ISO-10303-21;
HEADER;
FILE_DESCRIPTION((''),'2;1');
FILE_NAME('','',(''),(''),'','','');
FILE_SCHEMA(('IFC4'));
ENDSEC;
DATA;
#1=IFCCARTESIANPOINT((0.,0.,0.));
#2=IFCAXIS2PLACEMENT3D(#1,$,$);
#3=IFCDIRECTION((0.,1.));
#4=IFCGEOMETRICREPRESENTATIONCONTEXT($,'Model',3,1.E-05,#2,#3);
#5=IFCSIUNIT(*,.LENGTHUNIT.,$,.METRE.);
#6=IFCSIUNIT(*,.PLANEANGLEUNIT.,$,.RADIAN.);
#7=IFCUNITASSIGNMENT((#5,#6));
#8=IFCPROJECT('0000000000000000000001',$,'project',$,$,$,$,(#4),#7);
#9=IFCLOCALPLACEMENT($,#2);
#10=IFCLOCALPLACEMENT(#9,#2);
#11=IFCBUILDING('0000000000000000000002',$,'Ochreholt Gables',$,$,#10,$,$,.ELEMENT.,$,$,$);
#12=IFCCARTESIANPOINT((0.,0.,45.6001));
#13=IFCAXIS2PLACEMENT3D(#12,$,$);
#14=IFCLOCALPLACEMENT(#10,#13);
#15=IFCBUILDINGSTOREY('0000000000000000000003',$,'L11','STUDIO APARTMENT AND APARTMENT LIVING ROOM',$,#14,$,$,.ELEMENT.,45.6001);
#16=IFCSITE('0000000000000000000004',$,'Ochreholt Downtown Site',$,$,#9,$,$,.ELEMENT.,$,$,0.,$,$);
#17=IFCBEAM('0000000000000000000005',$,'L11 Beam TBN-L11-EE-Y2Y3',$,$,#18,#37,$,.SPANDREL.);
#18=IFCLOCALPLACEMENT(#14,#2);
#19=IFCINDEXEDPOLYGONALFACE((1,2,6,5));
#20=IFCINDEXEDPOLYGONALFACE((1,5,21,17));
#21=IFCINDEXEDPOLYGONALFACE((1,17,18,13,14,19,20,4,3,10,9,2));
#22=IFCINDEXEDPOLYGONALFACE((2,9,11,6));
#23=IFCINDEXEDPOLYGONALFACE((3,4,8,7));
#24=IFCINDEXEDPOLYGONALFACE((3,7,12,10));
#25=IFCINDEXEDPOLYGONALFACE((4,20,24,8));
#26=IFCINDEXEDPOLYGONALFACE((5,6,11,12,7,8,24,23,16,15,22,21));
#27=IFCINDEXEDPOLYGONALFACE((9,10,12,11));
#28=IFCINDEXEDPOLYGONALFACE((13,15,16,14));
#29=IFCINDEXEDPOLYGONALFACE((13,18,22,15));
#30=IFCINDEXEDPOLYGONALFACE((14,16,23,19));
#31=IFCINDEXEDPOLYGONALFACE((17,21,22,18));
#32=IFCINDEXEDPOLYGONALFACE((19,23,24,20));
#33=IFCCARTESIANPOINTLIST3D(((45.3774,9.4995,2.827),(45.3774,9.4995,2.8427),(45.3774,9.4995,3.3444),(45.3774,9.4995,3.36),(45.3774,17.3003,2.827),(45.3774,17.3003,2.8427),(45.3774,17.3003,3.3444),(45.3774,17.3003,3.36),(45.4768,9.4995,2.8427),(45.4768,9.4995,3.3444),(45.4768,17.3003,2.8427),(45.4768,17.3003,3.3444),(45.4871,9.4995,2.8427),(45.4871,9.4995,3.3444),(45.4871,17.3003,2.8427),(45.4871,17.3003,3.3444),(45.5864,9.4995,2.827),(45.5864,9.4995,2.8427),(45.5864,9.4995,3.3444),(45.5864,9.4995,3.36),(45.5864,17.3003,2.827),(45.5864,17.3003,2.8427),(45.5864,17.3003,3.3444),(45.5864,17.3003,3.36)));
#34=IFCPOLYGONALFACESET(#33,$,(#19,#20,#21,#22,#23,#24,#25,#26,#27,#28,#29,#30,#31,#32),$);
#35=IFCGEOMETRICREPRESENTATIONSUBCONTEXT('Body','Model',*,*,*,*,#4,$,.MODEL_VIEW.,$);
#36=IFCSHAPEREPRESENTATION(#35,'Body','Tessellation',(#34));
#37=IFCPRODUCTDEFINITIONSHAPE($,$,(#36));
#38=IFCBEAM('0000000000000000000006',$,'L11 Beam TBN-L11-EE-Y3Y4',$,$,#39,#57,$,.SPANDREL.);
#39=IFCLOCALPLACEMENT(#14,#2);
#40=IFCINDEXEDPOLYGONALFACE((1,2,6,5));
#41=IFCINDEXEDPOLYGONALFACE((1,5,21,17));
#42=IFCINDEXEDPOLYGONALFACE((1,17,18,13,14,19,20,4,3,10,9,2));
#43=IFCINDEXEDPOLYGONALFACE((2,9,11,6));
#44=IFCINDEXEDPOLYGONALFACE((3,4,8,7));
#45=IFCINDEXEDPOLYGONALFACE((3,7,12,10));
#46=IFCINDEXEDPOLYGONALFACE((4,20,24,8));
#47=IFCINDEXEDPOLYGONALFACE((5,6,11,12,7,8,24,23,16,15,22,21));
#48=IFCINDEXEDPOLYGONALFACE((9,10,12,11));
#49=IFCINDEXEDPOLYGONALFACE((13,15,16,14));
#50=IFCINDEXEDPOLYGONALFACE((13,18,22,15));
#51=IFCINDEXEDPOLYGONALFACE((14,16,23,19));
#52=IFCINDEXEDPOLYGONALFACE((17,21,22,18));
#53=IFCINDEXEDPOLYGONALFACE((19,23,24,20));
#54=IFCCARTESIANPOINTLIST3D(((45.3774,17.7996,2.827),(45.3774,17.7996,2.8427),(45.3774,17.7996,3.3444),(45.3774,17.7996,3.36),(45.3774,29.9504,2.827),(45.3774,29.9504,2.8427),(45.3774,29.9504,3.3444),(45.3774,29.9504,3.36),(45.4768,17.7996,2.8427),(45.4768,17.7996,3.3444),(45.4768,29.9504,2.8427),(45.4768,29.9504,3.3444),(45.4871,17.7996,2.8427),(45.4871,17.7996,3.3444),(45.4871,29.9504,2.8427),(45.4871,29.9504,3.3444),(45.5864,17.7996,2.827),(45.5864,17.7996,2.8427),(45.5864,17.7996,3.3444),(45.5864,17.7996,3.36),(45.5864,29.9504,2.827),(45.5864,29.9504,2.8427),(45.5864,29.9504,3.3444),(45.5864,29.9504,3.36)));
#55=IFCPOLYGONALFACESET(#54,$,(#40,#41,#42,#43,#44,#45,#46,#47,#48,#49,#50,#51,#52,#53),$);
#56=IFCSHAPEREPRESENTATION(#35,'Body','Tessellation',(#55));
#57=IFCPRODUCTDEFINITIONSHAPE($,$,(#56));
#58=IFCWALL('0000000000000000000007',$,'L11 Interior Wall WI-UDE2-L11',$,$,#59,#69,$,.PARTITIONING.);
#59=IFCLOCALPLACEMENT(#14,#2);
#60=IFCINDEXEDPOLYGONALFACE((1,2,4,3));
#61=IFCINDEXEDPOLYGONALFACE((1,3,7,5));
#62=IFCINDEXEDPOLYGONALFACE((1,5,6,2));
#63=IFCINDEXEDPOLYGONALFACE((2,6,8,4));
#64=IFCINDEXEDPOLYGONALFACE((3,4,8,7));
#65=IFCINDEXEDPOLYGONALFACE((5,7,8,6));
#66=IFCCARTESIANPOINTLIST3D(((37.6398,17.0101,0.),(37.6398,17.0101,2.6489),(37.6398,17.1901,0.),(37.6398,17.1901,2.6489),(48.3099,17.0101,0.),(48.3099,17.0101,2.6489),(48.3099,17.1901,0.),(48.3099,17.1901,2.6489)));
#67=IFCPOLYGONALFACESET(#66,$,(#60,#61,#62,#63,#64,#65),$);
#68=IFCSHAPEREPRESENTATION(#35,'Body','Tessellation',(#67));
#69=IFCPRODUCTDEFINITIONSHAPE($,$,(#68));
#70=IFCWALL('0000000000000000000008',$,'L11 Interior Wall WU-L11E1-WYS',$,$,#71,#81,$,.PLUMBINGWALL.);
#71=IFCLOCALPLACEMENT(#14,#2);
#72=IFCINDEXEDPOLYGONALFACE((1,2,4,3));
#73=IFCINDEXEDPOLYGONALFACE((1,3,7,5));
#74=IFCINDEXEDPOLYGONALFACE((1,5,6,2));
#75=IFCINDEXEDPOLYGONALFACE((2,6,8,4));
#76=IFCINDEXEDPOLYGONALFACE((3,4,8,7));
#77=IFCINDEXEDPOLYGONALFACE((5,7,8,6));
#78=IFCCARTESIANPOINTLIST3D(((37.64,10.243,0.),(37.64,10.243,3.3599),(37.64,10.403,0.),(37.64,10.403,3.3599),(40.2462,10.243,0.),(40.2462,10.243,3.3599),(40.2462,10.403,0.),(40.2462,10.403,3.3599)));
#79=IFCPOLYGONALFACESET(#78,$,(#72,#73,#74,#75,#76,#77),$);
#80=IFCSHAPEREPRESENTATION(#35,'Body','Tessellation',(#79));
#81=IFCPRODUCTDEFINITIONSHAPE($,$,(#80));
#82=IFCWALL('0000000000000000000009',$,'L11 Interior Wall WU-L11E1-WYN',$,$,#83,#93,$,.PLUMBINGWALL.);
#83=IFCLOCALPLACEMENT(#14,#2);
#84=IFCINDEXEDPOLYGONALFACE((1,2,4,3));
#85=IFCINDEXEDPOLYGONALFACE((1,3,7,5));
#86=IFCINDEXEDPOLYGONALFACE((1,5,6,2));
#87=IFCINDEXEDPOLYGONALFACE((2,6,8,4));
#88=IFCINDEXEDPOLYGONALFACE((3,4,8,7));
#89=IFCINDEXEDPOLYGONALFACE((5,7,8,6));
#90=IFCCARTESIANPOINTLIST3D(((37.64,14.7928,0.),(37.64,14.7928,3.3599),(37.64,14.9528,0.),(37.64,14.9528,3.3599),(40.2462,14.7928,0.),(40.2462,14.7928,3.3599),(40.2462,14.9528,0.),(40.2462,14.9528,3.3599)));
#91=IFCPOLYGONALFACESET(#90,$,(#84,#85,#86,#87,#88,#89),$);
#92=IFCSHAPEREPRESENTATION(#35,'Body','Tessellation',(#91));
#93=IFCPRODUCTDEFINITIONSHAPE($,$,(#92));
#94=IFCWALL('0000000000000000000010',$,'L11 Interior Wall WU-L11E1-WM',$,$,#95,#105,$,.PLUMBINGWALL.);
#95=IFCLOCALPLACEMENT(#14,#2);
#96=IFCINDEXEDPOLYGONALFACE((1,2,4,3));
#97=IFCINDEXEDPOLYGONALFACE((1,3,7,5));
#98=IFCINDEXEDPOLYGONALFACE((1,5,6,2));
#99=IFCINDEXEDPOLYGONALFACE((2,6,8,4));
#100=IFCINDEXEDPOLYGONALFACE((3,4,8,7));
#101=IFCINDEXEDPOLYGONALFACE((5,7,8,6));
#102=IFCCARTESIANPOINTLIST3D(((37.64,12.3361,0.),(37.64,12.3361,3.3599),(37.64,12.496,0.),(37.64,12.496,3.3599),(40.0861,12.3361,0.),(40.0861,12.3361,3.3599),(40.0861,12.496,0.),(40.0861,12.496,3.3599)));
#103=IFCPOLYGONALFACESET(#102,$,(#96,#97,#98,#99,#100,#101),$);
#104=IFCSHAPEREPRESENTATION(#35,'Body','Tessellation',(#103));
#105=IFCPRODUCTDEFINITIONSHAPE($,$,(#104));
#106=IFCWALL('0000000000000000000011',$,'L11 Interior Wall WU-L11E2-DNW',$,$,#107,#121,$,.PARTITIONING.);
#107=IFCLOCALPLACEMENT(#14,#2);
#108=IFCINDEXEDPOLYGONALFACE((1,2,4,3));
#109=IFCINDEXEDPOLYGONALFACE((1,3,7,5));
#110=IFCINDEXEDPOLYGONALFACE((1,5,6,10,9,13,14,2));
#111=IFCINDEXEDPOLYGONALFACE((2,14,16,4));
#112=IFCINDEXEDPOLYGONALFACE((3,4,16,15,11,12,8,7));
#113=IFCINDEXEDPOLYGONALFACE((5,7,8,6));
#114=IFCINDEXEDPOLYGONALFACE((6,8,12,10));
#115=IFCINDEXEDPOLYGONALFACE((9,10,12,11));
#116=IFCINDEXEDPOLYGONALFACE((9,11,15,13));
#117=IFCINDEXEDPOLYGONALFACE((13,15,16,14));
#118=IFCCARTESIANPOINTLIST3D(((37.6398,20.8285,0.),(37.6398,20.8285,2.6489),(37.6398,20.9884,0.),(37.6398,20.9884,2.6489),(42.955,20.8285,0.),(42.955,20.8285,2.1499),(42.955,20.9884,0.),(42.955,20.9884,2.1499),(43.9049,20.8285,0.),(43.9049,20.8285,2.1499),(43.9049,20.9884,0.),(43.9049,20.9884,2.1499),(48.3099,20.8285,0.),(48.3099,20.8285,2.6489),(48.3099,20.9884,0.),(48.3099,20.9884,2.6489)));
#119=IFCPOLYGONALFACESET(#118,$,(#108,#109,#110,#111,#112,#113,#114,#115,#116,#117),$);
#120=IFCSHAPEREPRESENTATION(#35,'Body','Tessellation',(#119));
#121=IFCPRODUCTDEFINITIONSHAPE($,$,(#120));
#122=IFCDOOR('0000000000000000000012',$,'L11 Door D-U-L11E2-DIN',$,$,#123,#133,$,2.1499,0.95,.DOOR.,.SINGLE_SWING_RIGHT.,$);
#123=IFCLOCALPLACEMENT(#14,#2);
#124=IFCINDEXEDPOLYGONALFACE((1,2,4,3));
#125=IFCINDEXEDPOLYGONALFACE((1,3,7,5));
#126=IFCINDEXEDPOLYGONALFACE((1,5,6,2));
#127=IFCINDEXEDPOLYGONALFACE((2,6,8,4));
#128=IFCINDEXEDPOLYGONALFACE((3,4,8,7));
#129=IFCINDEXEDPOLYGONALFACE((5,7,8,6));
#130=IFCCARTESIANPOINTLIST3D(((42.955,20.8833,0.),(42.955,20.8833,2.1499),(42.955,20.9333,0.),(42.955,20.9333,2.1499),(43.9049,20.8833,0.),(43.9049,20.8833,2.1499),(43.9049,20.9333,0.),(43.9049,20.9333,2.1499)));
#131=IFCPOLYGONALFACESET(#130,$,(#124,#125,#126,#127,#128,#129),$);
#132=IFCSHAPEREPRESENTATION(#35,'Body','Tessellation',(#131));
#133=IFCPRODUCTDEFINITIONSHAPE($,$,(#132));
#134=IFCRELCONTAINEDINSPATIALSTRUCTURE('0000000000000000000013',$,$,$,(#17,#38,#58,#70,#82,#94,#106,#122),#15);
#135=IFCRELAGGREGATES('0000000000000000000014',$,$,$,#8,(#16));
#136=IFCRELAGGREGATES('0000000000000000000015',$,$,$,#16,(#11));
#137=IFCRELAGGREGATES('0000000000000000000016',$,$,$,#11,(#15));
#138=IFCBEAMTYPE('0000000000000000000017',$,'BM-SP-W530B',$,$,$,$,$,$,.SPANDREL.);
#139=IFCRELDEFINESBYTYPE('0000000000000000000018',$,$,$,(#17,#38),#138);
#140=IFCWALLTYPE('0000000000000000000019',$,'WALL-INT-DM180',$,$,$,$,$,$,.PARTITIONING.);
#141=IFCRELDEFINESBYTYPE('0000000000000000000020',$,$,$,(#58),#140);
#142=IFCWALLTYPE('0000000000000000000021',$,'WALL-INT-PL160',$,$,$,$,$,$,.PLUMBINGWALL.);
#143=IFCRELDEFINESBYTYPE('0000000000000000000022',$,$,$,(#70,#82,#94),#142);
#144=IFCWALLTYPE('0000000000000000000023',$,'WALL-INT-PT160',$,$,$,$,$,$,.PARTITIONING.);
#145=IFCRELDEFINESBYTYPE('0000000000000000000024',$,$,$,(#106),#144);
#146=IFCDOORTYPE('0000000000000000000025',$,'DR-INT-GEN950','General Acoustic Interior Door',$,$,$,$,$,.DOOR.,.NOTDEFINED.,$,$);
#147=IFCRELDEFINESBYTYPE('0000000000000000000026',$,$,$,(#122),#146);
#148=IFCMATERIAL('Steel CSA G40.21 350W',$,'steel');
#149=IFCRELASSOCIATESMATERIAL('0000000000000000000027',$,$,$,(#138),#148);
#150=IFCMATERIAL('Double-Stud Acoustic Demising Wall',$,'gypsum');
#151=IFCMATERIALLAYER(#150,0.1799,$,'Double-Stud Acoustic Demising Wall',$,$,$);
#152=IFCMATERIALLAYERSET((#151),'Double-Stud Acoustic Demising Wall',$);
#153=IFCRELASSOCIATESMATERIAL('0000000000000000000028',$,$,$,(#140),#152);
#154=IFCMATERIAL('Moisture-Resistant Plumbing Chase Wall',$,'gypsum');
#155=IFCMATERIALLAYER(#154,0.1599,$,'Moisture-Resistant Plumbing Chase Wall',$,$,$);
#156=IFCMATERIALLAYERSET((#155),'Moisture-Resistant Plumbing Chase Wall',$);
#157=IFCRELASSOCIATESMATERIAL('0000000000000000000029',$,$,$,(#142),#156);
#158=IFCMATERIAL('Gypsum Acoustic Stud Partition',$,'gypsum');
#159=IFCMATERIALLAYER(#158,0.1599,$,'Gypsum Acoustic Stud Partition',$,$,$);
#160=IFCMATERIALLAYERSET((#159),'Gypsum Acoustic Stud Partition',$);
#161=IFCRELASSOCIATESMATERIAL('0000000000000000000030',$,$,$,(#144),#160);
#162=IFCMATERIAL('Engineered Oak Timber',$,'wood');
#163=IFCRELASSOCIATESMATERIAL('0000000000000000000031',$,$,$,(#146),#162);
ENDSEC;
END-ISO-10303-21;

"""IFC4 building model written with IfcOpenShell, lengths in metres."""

from ifc_helpers import new_model, si_unit, direction, frame, frame_2d, origin, origin_2d, place, context, subcontext, project, spatial, rectangle, i_section, extrude, material, layer, layer_set, material_profile, profile_set, type_object, element, fill, save


model = new_model("IFC4")

# Units and contexts
model_context = context("Model", 3, precision=1e-05, world=origin(), true_north=direction((0.0, 1.0)))
body_context = subcontext(model_context, "Body", "Model", "MODEL_VIEW")
ifc_project = project(units=[si_unit("LENGTHUNIT", "METRE"), si_unit("PLANEANGLEUNIT", "RADIAN")], contexts=[model_context])

# Site, building, storey
site_placement = place(None, origin())
site = spatial("IfcSite", under=ifc_project, at=site_placement, Name="Ochreholt Downtown Site", CompositionType="ELEMENT", RefElevation=0.0)
building_placement = place(site_placement, origin())
building = spatial("IfcBuilding", under=site, at=building_placement, Name="Ochreholt Gables", CompositionType="ELEMENT")
storey_placement = place(building_placement, frame((0.0, 0.0, 45.6001)))
storey = spatial("IfcBuildingStorey", under=building, at=storey_placement, Name="L11", Description="STUDIO APARTMENT AND APARTMENT LIVING ROOM", CompositionType="ELEMENT", Elevation=45.6001)

# Shared definitions
ifc_material_1 = material(Name="Steel CSA G40.21 350W", Category="steel")

# Beams
ifc_material_profile_1 = material_profile(ifc_material_1, i_section(OverallWidth=0.209, OverallDepth=0.533, WebThickness=0.0103, FlangeThickness=0.0156, at=origin_2d()), Name="W530X92")
ifc_profile_set_1 = profile_set([ifc_material_profile_1], Name="Steel CSA G40.21 350W")
beam_type_1 = type_object("IfcBeamType", Name="BM-SP-W530B", PredefinedType="SPANDREL", material=ifc_profile_set_1)
beam_1_placement = place(storey_placement, frame((45.4819, 9.4995, 3.0935), z_axis=(0.0, 1.0, 0.0), x_axis=(-1.0, 0.0, 0.0)))
element("IfcBeam", 1, at=beam_1_placement, inside=storey, type_object=beam_type_1, Name="L11 Beam TBN-L11-EE-Y2Y3", PredefinedType="SPANDREL", context=body_context, shape_type="SweptSolid", body=[
    extrude(i_section(OverallWidth=0.209, OverallDepth=0.533, WebThickness=0.0103, FlangeThickness=0.0156, at=origin_2d()), origin(), (0.0, 0.0, 1.0), 7.8008),
])
beam_2_placement = place(storey_placement, frame((45.4819, 17.7996, 3.0935), z_axis=(0.0, 1.0, 0.0), x_axis=(-1.0, 0.0, 0.0)))
element("IfcBeam", 2, at=beam_2_placement, inside=storey, type_object=beam_type_1, Name="L11 Beam TBN-L11-EE-Y3Y4", PredefinedType="SPANDREL", context=body_context, shape_type="SweptSolid", body=[
    extrude(i_section(OverallWidth=0.209, OverallDepth=0.533, WebThickness=0.0103, FlangeThickness=0.0156, at=origin_2d()), origin(), (0.0, 0.0, 1.0), 12.1509),
])

# Walls
ifc_material_2 = material(Name="Double-Stud Acoustic Demising Wall", Category="gypsum")
ifc_layer_1 = layer(ifc_material_2, 0.1799, Name="Double-Stud Acoustic Demising Wall")
ifc_layer_set_1 = layer_set([ifc_layer_1], Name="Double-Stud Acoustic Demising Wall")
wall_type_1 = type_object("IfcWallType", Name="WALL-INT-DM180", PredefinedType="PARTITIONING", material=ifc_layer_set_1)
wall_1_placement = place(storey_placement, frame((37.6399, 17.1001, 0.0), z_axis=(0.0, 0.0, 1.0), x_axis=(1.0, 0.0, 0.0)))
element("IfcWall", 3, at=wall_1_placement, inside=storey, type_object=wall_type_1, Name="L11 Interior Wall WI-UDE2-L11", PredefinedType="PARTITIONING", context=body_context, shape_type="SweptSolid", body=[
    extrude(rectangle(XDim=10.6702, YDim=0.1799, at=frame_2d((5.335, 0.0))), origin(), (0.0, 0.0, 1.0), 2.6489),
])
ifc_material_3 = material(Name="Moisture-Resistant Plumbing Chase Wall", Category="gypsum")
ifc_layer_2 = layer(ifc_material_3, 0.1599, Name="Moisture-Resistant Plumbing Chase Wall")
ifc_layer_set_2 = layer_set([ifc_layer_2], Name="Moisture-Resistant Plumbing Chase Wall")
wall_type_2 = type_object("IfcWallType", Name="WALL-INT-PL160", PredefinedType="PLUMBINGWALL", material=ifc_layer_set_2)
for number, where, z_axis, x_axis, name in (
    (4, (37.6399, 10.323, 0.0), (0.0, 0.0, 1.0), (1.0, 0.0, 0.0), "L11 Interior Wall WU-L11E1-WYS"),
    (5, (37.6399, 14.8728, 0.0), (0.0, 0.0, 1.0), (1.0, 0.0, 0.0), "L11 Interior Wall WU-L11E1-WYN"),
):
    element("IfcWall", number, at=place(storey_placement, frame(where, z_axis=z_axis, x_axis=x_axis)), inside=storey, type_object=wall_type_2, Name=name, PredefinedType="PLUMBINGWALL", context=body_context, shape_type="SweptSolid", body=[
        extrude(rectangle(XDim=2.6062, YDim=0.1599, at=frame_2d((1.3032, 0.0))), origin(), (0.0, 0.0, 1.0), 3.3599),
    ])

# Shared definitions
ifc_material_4 = material(Name="Engineered Oak Timber", Category="wood")

# Wall
wall_2_placement = place(storey_placement, frame((37.6399, 12.416, 0.0), z_axis=(0.0, 0.0, 1.0), x_axis=(1.0, 0.0, 0.0)))
element("IfcWall", 6, at=wall_2_placement, inside=storey, type_object=wall_type_2, Name="L11 Interior Wall WU-L11E1-WM", PredefinedType="PLUMBINGWALL", context=body_context, shape_type="SweptSolid", body=[
    extrude(rectangle(XDim=2.446, YDim=0.1599, at=frame_2d((1.2231, 0.0))), origin(), (0.0, 0.0, 1.0), 3.3599),
])

# Wall, opening, door
ifc_material_5 = material(Name="Gypsum Acoustic Stud Partition", Category="gypsum")
ifc_layer_3 = layer(ifc_material_5, 0.1599, Name="Gypsum Acoustic Stud Partition")
ifc_layer_set_3 = layer_set([ifc_layer_3], Name="Gypsum Acoustic Stud Partition")
wall_type_3 = type_object("IfcWallType", Name="WALL-INT-PT160", PredefinedType="PARTITIONING", material=ifc_layer_set_3)
wall_3_placement = place(storey_placement, frame((37.6399, 20.9084, 0.0), z_axis=(0.0, 0.0, 1.0), x_axis=(1.0, 0.0, 0.0)))
wall_3 = element("IfcWall", 7, at=wall_3_placement, inside=storey, type_object=wall_type_3, Name="L11 Interior Wall WU-L11E2-DNW", PredefinedType="PARTITIONING", context=body_context, shape_type="SweptSolid", body=[
    extrude(rectangle(XDim=10.6702, YDim=0.1599, at=frame_2d((5.335, 0.0))), origin(), (0.0, 0.0, 1.0), 2.6489),
])
opening_1_placement = place(wall_3_placement, frame((5.3149, 0.0, 0.0)))
opening_1 = element("IfcOpeningElement", 8, at=opening_1_placement, cuts=wall_3, PredefinedType="OPENING", context=body_context, shape_type="SweptSolid", body=[
    extrude(rectangle(XDim=0.95, YDim=2.1499, at=frame_2d((0.4751, 1.075))), frame((0.0, 0.0898, 0.0), z_axis=(0.0, -1.0, 0.0), x_axis=(1.0, 0.0, 0.0)), (0.0, 0.0, 1.0), 0.1799),
])
door_type_1 = type_object("IfcDoorType", Name="DR-INT-GEN950", Description="General Acoustic Interior Door", OperationType="NOTDEFINED", PredefinedType="DOOR", material=ifc_material_4)
door_1_placement = place(opening_1_placement, origin())
door_1 = element("IfcDoor", 9, at=door_1_placement, inside=storey, type_object=door_type_1, Name="L11 Door D-U-L11E2-DIN", OperationType="SINGLE_SWING_RIGHT", OverallHeight=2.1499, OverallWidth=0.95, PredefinedType="DOOR", context=body_context, shape_type="SweptSolid", body=[
    extrude(rectangle(XDim=0.95, YDim=2.1499, at=frame_2d((0.4751, 1.075))), frame((0.0, 0.0249, 0.0), z_axis=(0.0, -1.0, 0.0), x_axis=(1.0, 0.0, 0.0)), (0.0, 0.0, 1.0), 0.05),
])
fill(opening_1, door_1)

save(model, "model.ifc")
